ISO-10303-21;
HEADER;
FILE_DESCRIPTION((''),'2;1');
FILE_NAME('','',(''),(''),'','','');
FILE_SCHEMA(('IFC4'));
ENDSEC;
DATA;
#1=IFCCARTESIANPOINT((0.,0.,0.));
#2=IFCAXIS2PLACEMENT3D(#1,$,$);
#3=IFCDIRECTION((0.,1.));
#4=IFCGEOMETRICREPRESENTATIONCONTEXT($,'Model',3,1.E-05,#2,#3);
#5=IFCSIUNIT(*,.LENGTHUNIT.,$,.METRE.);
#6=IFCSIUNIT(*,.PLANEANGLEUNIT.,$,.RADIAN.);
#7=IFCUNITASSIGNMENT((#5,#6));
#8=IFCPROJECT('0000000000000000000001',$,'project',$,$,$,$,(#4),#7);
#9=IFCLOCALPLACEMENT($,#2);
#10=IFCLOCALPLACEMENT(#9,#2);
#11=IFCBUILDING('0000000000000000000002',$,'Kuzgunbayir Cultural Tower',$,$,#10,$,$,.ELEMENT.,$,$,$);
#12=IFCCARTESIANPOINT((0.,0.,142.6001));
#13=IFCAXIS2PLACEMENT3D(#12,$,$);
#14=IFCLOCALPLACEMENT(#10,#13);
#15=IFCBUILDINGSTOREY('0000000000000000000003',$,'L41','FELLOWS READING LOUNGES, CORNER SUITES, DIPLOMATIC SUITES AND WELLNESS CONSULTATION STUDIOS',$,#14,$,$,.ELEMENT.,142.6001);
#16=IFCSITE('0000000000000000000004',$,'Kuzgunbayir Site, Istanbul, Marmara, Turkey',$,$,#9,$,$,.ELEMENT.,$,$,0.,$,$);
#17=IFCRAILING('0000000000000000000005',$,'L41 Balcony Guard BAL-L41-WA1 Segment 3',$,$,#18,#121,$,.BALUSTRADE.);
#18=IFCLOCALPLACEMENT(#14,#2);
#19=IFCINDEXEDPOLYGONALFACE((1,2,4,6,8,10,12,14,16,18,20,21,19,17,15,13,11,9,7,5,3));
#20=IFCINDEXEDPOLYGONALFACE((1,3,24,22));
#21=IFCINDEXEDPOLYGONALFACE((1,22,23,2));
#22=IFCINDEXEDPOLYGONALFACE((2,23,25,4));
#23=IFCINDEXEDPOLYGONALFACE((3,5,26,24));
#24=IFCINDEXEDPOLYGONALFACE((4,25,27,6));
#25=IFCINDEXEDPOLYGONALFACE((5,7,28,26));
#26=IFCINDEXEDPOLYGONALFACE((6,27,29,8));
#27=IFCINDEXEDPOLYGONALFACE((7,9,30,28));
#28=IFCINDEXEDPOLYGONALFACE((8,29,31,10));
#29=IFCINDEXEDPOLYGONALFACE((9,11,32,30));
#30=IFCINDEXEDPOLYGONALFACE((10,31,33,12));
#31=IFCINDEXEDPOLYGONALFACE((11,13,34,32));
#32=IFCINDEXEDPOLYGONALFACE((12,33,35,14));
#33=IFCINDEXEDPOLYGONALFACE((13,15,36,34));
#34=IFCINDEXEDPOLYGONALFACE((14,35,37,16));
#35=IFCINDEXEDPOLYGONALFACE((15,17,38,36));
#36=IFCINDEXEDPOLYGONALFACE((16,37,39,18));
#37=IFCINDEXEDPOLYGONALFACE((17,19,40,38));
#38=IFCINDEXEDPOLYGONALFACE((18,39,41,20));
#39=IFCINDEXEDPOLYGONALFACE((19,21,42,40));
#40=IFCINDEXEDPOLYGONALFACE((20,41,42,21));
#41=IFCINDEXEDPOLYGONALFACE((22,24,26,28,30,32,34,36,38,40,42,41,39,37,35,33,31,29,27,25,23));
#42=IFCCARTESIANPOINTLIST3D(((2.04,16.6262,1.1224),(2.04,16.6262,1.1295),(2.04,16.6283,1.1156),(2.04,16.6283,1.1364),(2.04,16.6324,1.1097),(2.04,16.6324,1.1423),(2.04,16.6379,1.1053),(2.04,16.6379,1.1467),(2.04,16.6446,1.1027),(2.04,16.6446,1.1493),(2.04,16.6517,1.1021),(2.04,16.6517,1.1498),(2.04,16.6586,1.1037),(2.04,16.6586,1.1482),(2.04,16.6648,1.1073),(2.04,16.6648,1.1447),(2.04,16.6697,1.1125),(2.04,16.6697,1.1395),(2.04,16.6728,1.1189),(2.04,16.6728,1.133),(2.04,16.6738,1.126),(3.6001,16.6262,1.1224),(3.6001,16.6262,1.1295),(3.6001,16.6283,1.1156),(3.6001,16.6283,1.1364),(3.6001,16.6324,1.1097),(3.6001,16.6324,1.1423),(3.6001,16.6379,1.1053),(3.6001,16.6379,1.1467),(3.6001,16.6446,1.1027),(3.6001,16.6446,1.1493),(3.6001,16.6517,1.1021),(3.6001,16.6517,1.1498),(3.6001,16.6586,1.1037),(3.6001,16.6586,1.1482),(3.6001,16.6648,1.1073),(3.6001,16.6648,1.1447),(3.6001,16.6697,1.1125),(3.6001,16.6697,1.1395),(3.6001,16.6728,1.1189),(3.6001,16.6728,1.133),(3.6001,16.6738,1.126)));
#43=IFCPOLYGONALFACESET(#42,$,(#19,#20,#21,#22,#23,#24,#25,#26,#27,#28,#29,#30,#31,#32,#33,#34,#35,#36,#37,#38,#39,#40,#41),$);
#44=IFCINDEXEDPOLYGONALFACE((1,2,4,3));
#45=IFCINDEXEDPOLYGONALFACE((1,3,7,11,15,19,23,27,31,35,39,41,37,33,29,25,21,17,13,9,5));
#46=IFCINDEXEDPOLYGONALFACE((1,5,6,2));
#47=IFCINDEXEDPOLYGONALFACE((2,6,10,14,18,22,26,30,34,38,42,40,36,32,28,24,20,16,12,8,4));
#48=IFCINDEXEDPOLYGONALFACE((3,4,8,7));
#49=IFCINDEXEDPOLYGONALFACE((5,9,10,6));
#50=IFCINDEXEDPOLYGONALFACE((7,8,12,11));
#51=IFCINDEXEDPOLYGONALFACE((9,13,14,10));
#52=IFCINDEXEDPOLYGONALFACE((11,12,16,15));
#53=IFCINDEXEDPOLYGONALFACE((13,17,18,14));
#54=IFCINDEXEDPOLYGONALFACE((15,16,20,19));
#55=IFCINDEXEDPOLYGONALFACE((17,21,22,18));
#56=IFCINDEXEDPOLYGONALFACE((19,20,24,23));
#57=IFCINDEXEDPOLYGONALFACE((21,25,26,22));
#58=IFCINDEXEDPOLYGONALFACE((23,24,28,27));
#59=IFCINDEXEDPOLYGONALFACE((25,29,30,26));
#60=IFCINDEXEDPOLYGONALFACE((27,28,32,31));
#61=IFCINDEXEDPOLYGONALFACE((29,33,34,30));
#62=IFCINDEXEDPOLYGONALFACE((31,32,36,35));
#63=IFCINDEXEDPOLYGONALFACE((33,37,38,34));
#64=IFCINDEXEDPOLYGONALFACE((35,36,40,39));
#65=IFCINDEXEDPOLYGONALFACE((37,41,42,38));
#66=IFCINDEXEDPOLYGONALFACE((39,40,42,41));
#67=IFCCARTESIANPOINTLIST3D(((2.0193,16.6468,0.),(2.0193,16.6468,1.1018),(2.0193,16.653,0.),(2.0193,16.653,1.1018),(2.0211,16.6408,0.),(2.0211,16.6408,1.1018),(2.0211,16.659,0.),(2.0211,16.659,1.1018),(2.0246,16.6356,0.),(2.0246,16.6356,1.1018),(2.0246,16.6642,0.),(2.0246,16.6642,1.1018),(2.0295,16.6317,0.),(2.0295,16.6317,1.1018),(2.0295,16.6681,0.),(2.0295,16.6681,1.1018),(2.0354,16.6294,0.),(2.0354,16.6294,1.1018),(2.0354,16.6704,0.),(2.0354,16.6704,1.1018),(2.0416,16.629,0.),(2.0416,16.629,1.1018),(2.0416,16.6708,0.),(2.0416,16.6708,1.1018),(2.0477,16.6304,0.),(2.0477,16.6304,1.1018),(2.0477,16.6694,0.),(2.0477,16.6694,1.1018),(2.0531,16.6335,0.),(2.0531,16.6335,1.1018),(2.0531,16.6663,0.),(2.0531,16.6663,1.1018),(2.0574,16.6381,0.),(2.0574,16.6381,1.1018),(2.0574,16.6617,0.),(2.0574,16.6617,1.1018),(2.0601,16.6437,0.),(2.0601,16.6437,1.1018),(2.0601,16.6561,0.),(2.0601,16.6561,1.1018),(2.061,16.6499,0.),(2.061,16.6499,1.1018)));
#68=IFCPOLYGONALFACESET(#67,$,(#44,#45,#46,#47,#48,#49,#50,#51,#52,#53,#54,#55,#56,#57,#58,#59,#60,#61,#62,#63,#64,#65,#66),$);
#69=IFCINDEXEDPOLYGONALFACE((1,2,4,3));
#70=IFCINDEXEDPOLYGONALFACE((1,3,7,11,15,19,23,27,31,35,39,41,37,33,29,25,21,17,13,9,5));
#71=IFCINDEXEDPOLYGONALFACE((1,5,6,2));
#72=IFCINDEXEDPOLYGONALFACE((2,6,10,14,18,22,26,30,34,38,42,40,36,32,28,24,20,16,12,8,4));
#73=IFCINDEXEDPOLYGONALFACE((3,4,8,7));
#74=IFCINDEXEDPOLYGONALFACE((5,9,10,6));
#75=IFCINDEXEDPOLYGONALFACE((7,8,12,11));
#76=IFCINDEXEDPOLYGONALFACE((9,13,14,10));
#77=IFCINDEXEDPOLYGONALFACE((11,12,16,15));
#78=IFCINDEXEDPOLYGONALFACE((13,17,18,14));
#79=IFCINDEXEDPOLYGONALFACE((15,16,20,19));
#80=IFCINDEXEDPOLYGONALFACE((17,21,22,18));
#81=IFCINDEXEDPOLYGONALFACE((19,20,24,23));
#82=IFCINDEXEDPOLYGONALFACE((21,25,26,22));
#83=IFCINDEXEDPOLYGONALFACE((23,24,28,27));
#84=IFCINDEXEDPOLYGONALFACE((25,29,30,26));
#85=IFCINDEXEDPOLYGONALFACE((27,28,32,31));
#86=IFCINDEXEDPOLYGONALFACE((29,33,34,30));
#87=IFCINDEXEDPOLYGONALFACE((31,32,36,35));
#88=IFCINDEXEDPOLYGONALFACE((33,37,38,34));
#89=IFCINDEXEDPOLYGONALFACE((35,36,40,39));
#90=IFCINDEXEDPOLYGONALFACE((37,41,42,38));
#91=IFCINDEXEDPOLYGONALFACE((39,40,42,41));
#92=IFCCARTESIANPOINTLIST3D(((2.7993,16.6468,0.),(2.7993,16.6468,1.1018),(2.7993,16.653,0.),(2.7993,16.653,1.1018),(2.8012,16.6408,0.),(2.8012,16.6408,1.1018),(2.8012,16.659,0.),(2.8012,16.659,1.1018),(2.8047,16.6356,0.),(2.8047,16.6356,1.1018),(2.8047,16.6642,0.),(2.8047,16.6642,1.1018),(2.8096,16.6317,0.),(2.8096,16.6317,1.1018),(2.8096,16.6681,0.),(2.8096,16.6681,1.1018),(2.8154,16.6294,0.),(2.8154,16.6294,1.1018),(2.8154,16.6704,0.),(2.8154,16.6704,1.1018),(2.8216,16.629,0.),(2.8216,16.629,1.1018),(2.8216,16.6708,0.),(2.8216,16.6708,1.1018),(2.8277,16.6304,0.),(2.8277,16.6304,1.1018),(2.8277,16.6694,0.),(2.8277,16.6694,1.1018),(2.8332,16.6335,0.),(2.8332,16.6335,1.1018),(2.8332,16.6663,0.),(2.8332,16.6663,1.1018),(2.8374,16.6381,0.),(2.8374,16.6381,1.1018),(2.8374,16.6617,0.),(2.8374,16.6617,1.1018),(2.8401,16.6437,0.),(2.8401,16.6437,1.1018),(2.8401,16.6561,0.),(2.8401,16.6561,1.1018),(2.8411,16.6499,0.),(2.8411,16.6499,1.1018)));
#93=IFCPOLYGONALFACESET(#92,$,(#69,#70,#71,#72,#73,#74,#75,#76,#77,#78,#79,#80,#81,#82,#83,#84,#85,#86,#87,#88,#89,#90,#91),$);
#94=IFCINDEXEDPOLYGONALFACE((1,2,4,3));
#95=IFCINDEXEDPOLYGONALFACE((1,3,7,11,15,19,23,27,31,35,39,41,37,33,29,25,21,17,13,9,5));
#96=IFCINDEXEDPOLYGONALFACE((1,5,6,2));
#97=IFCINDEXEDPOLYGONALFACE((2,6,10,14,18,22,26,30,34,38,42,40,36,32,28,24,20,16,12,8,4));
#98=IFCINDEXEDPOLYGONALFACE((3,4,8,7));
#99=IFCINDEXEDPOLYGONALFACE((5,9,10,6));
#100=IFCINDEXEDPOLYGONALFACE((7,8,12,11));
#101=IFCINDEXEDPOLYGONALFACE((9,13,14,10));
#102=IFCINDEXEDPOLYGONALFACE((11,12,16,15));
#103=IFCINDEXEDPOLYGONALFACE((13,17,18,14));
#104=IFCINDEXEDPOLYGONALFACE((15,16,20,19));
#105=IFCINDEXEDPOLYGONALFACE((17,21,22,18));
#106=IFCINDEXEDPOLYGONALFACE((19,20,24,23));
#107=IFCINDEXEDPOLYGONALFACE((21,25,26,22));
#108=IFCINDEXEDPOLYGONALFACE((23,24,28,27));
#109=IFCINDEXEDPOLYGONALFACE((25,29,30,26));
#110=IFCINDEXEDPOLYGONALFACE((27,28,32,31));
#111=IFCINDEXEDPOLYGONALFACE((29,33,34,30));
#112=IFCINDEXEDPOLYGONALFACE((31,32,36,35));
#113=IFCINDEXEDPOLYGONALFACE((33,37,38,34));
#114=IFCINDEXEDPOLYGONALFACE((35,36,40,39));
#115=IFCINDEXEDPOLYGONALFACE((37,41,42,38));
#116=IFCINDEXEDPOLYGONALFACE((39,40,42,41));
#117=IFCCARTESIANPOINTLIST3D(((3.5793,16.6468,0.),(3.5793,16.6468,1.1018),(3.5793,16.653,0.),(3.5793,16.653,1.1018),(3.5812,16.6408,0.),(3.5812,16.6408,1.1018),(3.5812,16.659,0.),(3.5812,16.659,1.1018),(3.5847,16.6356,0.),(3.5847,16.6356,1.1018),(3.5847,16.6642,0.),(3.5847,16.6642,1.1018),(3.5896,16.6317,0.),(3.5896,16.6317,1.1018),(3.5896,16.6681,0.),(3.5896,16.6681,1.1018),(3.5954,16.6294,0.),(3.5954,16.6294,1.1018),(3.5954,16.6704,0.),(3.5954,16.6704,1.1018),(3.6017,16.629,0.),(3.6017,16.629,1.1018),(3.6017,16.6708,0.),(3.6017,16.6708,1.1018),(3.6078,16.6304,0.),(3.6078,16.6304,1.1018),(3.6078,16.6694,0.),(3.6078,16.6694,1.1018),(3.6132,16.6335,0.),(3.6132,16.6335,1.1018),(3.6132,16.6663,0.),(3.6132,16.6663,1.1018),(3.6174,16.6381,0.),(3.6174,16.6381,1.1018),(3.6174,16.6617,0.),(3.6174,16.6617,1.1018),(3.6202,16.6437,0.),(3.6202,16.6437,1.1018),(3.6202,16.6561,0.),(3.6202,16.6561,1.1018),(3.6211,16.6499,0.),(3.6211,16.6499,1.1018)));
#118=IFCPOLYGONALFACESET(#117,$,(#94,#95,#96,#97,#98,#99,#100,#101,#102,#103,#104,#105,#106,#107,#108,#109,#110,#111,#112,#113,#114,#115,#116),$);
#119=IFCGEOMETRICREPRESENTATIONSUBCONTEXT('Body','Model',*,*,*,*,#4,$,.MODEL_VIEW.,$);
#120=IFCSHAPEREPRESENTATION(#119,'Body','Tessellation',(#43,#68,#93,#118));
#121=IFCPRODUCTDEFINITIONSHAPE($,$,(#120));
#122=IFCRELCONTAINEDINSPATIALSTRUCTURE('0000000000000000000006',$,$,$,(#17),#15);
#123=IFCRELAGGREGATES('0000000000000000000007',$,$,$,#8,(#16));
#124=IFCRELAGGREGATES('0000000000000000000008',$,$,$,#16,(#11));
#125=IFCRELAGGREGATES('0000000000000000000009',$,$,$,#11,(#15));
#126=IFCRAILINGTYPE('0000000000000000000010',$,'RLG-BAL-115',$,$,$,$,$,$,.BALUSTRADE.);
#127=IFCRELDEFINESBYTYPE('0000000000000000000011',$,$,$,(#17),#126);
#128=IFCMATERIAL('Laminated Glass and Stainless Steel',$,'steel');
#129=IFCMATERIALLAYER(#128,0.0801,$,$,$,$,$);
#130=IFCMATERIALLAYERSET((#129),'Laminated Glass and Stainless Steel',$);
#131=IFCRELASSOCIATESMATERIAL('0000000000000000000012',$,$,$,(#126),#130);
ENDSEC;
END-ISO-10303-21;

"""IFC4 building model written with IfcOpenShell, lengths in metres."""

from ifc_helpers import new_model, si_unit, direction, frame, origin, origin_2d, place, context, subcontext, project, spatial, circle, extrude, material, layer, layer_set, type_object, element, save


model = new_model("IFC4")

# Units and contexts
model_context = context("Model", 3, precision=1e-05, world=origin(), true_north=direction((0.0, 1.0)))
body_context = subcontext(model_context, "Body", "Model", "MODEL_VIEW")
ifc_project = project(units=[si_unit("LENGTHUNIT", "METRE"), si_unit("PLANEANGLEUNIT", "RADIAN")], contexts=[model_context])

# Site, building, storey
site_placement = place(None, origin())
site = spatial("IfcSite", under=ifc_project, at=site_placement, Name="Kuzgunbayir Site, Istanbul, Marmara, Turkey", CompositionType="ELEMENT", RefElevation=0.0)
building_placement = place(site_placement, origin())
building = spatial("IfcBuilding", under=site, at=building_placement, Name="Kuzgunbayir Cultural Tower", CompositionType="ELEMENT")
storey_placement = place(building_placement, frame((0.0, 0.0, 142.6001)))
storey = spatial("IfcBuildingStorey", under=building, at=storey_placement, Name="L41", Description="FELLOWS READING LOUNGES, CORNER SUITES, DIPLOMATIC SUITES AND WELLNESS CONSULTATION STUDIOS", CompositionType="ELEMENT", Elevation=142.6001)

# Railing
ifc_material_1 = material(Name="Laminated Glass and Stainless Steel", Category="steel")
ifc_layer_1 = layer(ifc_material_1, 0.0801)
ifc_layer_set_1 = layer_set([ifc_layer_1], Name="Laminated Glass and Stainless Steel")
railing_type = type_object("IfcRailingType", Name="RLG-BAL-115", PredefinedType="BALUSTRADE", material=ifc_layer_set_1)
railing_1_placement = place(storey_placement, frame((2.04, 16.6499, 0.0)))
element("IfcRailing", 1, at=railing_1_placement, inside=storey, type_object=railing_type, Name="L41 Balcony Guard BAL-L41-WA1 Segment 3", PredefinedType="BALUSTRADE", context=body_context, shape_type="SweptSolid", body=[
    extrude(circle(Radius=0.0239, at=origin_2d()), frame((0.0, 0.0, 1.126), z_axis=(1.0, 0.0, 0.0), x_axis=(0.0, 1.0, 0.0)), (0.0, 0.0, 1.0), 1.5601),
    extrude(circle(Radius=0.021, at=origin_2d()), origin(), (0.0, 0.0, 1.0), 1.1018),
    extrude(circle(Radius=0.021, at=origin_2d()), frame((0.78, 0.0, 0.0)), (0.0, 0.0, 1.0), 1.1018),
    extrude(circle(Radius=0.021, at=origin_2d()), frame((1.5601, 0.0, 0.0)), (0.0, 0.0, 1.0), 1.1018),
])

save(model, "model.ifc")
